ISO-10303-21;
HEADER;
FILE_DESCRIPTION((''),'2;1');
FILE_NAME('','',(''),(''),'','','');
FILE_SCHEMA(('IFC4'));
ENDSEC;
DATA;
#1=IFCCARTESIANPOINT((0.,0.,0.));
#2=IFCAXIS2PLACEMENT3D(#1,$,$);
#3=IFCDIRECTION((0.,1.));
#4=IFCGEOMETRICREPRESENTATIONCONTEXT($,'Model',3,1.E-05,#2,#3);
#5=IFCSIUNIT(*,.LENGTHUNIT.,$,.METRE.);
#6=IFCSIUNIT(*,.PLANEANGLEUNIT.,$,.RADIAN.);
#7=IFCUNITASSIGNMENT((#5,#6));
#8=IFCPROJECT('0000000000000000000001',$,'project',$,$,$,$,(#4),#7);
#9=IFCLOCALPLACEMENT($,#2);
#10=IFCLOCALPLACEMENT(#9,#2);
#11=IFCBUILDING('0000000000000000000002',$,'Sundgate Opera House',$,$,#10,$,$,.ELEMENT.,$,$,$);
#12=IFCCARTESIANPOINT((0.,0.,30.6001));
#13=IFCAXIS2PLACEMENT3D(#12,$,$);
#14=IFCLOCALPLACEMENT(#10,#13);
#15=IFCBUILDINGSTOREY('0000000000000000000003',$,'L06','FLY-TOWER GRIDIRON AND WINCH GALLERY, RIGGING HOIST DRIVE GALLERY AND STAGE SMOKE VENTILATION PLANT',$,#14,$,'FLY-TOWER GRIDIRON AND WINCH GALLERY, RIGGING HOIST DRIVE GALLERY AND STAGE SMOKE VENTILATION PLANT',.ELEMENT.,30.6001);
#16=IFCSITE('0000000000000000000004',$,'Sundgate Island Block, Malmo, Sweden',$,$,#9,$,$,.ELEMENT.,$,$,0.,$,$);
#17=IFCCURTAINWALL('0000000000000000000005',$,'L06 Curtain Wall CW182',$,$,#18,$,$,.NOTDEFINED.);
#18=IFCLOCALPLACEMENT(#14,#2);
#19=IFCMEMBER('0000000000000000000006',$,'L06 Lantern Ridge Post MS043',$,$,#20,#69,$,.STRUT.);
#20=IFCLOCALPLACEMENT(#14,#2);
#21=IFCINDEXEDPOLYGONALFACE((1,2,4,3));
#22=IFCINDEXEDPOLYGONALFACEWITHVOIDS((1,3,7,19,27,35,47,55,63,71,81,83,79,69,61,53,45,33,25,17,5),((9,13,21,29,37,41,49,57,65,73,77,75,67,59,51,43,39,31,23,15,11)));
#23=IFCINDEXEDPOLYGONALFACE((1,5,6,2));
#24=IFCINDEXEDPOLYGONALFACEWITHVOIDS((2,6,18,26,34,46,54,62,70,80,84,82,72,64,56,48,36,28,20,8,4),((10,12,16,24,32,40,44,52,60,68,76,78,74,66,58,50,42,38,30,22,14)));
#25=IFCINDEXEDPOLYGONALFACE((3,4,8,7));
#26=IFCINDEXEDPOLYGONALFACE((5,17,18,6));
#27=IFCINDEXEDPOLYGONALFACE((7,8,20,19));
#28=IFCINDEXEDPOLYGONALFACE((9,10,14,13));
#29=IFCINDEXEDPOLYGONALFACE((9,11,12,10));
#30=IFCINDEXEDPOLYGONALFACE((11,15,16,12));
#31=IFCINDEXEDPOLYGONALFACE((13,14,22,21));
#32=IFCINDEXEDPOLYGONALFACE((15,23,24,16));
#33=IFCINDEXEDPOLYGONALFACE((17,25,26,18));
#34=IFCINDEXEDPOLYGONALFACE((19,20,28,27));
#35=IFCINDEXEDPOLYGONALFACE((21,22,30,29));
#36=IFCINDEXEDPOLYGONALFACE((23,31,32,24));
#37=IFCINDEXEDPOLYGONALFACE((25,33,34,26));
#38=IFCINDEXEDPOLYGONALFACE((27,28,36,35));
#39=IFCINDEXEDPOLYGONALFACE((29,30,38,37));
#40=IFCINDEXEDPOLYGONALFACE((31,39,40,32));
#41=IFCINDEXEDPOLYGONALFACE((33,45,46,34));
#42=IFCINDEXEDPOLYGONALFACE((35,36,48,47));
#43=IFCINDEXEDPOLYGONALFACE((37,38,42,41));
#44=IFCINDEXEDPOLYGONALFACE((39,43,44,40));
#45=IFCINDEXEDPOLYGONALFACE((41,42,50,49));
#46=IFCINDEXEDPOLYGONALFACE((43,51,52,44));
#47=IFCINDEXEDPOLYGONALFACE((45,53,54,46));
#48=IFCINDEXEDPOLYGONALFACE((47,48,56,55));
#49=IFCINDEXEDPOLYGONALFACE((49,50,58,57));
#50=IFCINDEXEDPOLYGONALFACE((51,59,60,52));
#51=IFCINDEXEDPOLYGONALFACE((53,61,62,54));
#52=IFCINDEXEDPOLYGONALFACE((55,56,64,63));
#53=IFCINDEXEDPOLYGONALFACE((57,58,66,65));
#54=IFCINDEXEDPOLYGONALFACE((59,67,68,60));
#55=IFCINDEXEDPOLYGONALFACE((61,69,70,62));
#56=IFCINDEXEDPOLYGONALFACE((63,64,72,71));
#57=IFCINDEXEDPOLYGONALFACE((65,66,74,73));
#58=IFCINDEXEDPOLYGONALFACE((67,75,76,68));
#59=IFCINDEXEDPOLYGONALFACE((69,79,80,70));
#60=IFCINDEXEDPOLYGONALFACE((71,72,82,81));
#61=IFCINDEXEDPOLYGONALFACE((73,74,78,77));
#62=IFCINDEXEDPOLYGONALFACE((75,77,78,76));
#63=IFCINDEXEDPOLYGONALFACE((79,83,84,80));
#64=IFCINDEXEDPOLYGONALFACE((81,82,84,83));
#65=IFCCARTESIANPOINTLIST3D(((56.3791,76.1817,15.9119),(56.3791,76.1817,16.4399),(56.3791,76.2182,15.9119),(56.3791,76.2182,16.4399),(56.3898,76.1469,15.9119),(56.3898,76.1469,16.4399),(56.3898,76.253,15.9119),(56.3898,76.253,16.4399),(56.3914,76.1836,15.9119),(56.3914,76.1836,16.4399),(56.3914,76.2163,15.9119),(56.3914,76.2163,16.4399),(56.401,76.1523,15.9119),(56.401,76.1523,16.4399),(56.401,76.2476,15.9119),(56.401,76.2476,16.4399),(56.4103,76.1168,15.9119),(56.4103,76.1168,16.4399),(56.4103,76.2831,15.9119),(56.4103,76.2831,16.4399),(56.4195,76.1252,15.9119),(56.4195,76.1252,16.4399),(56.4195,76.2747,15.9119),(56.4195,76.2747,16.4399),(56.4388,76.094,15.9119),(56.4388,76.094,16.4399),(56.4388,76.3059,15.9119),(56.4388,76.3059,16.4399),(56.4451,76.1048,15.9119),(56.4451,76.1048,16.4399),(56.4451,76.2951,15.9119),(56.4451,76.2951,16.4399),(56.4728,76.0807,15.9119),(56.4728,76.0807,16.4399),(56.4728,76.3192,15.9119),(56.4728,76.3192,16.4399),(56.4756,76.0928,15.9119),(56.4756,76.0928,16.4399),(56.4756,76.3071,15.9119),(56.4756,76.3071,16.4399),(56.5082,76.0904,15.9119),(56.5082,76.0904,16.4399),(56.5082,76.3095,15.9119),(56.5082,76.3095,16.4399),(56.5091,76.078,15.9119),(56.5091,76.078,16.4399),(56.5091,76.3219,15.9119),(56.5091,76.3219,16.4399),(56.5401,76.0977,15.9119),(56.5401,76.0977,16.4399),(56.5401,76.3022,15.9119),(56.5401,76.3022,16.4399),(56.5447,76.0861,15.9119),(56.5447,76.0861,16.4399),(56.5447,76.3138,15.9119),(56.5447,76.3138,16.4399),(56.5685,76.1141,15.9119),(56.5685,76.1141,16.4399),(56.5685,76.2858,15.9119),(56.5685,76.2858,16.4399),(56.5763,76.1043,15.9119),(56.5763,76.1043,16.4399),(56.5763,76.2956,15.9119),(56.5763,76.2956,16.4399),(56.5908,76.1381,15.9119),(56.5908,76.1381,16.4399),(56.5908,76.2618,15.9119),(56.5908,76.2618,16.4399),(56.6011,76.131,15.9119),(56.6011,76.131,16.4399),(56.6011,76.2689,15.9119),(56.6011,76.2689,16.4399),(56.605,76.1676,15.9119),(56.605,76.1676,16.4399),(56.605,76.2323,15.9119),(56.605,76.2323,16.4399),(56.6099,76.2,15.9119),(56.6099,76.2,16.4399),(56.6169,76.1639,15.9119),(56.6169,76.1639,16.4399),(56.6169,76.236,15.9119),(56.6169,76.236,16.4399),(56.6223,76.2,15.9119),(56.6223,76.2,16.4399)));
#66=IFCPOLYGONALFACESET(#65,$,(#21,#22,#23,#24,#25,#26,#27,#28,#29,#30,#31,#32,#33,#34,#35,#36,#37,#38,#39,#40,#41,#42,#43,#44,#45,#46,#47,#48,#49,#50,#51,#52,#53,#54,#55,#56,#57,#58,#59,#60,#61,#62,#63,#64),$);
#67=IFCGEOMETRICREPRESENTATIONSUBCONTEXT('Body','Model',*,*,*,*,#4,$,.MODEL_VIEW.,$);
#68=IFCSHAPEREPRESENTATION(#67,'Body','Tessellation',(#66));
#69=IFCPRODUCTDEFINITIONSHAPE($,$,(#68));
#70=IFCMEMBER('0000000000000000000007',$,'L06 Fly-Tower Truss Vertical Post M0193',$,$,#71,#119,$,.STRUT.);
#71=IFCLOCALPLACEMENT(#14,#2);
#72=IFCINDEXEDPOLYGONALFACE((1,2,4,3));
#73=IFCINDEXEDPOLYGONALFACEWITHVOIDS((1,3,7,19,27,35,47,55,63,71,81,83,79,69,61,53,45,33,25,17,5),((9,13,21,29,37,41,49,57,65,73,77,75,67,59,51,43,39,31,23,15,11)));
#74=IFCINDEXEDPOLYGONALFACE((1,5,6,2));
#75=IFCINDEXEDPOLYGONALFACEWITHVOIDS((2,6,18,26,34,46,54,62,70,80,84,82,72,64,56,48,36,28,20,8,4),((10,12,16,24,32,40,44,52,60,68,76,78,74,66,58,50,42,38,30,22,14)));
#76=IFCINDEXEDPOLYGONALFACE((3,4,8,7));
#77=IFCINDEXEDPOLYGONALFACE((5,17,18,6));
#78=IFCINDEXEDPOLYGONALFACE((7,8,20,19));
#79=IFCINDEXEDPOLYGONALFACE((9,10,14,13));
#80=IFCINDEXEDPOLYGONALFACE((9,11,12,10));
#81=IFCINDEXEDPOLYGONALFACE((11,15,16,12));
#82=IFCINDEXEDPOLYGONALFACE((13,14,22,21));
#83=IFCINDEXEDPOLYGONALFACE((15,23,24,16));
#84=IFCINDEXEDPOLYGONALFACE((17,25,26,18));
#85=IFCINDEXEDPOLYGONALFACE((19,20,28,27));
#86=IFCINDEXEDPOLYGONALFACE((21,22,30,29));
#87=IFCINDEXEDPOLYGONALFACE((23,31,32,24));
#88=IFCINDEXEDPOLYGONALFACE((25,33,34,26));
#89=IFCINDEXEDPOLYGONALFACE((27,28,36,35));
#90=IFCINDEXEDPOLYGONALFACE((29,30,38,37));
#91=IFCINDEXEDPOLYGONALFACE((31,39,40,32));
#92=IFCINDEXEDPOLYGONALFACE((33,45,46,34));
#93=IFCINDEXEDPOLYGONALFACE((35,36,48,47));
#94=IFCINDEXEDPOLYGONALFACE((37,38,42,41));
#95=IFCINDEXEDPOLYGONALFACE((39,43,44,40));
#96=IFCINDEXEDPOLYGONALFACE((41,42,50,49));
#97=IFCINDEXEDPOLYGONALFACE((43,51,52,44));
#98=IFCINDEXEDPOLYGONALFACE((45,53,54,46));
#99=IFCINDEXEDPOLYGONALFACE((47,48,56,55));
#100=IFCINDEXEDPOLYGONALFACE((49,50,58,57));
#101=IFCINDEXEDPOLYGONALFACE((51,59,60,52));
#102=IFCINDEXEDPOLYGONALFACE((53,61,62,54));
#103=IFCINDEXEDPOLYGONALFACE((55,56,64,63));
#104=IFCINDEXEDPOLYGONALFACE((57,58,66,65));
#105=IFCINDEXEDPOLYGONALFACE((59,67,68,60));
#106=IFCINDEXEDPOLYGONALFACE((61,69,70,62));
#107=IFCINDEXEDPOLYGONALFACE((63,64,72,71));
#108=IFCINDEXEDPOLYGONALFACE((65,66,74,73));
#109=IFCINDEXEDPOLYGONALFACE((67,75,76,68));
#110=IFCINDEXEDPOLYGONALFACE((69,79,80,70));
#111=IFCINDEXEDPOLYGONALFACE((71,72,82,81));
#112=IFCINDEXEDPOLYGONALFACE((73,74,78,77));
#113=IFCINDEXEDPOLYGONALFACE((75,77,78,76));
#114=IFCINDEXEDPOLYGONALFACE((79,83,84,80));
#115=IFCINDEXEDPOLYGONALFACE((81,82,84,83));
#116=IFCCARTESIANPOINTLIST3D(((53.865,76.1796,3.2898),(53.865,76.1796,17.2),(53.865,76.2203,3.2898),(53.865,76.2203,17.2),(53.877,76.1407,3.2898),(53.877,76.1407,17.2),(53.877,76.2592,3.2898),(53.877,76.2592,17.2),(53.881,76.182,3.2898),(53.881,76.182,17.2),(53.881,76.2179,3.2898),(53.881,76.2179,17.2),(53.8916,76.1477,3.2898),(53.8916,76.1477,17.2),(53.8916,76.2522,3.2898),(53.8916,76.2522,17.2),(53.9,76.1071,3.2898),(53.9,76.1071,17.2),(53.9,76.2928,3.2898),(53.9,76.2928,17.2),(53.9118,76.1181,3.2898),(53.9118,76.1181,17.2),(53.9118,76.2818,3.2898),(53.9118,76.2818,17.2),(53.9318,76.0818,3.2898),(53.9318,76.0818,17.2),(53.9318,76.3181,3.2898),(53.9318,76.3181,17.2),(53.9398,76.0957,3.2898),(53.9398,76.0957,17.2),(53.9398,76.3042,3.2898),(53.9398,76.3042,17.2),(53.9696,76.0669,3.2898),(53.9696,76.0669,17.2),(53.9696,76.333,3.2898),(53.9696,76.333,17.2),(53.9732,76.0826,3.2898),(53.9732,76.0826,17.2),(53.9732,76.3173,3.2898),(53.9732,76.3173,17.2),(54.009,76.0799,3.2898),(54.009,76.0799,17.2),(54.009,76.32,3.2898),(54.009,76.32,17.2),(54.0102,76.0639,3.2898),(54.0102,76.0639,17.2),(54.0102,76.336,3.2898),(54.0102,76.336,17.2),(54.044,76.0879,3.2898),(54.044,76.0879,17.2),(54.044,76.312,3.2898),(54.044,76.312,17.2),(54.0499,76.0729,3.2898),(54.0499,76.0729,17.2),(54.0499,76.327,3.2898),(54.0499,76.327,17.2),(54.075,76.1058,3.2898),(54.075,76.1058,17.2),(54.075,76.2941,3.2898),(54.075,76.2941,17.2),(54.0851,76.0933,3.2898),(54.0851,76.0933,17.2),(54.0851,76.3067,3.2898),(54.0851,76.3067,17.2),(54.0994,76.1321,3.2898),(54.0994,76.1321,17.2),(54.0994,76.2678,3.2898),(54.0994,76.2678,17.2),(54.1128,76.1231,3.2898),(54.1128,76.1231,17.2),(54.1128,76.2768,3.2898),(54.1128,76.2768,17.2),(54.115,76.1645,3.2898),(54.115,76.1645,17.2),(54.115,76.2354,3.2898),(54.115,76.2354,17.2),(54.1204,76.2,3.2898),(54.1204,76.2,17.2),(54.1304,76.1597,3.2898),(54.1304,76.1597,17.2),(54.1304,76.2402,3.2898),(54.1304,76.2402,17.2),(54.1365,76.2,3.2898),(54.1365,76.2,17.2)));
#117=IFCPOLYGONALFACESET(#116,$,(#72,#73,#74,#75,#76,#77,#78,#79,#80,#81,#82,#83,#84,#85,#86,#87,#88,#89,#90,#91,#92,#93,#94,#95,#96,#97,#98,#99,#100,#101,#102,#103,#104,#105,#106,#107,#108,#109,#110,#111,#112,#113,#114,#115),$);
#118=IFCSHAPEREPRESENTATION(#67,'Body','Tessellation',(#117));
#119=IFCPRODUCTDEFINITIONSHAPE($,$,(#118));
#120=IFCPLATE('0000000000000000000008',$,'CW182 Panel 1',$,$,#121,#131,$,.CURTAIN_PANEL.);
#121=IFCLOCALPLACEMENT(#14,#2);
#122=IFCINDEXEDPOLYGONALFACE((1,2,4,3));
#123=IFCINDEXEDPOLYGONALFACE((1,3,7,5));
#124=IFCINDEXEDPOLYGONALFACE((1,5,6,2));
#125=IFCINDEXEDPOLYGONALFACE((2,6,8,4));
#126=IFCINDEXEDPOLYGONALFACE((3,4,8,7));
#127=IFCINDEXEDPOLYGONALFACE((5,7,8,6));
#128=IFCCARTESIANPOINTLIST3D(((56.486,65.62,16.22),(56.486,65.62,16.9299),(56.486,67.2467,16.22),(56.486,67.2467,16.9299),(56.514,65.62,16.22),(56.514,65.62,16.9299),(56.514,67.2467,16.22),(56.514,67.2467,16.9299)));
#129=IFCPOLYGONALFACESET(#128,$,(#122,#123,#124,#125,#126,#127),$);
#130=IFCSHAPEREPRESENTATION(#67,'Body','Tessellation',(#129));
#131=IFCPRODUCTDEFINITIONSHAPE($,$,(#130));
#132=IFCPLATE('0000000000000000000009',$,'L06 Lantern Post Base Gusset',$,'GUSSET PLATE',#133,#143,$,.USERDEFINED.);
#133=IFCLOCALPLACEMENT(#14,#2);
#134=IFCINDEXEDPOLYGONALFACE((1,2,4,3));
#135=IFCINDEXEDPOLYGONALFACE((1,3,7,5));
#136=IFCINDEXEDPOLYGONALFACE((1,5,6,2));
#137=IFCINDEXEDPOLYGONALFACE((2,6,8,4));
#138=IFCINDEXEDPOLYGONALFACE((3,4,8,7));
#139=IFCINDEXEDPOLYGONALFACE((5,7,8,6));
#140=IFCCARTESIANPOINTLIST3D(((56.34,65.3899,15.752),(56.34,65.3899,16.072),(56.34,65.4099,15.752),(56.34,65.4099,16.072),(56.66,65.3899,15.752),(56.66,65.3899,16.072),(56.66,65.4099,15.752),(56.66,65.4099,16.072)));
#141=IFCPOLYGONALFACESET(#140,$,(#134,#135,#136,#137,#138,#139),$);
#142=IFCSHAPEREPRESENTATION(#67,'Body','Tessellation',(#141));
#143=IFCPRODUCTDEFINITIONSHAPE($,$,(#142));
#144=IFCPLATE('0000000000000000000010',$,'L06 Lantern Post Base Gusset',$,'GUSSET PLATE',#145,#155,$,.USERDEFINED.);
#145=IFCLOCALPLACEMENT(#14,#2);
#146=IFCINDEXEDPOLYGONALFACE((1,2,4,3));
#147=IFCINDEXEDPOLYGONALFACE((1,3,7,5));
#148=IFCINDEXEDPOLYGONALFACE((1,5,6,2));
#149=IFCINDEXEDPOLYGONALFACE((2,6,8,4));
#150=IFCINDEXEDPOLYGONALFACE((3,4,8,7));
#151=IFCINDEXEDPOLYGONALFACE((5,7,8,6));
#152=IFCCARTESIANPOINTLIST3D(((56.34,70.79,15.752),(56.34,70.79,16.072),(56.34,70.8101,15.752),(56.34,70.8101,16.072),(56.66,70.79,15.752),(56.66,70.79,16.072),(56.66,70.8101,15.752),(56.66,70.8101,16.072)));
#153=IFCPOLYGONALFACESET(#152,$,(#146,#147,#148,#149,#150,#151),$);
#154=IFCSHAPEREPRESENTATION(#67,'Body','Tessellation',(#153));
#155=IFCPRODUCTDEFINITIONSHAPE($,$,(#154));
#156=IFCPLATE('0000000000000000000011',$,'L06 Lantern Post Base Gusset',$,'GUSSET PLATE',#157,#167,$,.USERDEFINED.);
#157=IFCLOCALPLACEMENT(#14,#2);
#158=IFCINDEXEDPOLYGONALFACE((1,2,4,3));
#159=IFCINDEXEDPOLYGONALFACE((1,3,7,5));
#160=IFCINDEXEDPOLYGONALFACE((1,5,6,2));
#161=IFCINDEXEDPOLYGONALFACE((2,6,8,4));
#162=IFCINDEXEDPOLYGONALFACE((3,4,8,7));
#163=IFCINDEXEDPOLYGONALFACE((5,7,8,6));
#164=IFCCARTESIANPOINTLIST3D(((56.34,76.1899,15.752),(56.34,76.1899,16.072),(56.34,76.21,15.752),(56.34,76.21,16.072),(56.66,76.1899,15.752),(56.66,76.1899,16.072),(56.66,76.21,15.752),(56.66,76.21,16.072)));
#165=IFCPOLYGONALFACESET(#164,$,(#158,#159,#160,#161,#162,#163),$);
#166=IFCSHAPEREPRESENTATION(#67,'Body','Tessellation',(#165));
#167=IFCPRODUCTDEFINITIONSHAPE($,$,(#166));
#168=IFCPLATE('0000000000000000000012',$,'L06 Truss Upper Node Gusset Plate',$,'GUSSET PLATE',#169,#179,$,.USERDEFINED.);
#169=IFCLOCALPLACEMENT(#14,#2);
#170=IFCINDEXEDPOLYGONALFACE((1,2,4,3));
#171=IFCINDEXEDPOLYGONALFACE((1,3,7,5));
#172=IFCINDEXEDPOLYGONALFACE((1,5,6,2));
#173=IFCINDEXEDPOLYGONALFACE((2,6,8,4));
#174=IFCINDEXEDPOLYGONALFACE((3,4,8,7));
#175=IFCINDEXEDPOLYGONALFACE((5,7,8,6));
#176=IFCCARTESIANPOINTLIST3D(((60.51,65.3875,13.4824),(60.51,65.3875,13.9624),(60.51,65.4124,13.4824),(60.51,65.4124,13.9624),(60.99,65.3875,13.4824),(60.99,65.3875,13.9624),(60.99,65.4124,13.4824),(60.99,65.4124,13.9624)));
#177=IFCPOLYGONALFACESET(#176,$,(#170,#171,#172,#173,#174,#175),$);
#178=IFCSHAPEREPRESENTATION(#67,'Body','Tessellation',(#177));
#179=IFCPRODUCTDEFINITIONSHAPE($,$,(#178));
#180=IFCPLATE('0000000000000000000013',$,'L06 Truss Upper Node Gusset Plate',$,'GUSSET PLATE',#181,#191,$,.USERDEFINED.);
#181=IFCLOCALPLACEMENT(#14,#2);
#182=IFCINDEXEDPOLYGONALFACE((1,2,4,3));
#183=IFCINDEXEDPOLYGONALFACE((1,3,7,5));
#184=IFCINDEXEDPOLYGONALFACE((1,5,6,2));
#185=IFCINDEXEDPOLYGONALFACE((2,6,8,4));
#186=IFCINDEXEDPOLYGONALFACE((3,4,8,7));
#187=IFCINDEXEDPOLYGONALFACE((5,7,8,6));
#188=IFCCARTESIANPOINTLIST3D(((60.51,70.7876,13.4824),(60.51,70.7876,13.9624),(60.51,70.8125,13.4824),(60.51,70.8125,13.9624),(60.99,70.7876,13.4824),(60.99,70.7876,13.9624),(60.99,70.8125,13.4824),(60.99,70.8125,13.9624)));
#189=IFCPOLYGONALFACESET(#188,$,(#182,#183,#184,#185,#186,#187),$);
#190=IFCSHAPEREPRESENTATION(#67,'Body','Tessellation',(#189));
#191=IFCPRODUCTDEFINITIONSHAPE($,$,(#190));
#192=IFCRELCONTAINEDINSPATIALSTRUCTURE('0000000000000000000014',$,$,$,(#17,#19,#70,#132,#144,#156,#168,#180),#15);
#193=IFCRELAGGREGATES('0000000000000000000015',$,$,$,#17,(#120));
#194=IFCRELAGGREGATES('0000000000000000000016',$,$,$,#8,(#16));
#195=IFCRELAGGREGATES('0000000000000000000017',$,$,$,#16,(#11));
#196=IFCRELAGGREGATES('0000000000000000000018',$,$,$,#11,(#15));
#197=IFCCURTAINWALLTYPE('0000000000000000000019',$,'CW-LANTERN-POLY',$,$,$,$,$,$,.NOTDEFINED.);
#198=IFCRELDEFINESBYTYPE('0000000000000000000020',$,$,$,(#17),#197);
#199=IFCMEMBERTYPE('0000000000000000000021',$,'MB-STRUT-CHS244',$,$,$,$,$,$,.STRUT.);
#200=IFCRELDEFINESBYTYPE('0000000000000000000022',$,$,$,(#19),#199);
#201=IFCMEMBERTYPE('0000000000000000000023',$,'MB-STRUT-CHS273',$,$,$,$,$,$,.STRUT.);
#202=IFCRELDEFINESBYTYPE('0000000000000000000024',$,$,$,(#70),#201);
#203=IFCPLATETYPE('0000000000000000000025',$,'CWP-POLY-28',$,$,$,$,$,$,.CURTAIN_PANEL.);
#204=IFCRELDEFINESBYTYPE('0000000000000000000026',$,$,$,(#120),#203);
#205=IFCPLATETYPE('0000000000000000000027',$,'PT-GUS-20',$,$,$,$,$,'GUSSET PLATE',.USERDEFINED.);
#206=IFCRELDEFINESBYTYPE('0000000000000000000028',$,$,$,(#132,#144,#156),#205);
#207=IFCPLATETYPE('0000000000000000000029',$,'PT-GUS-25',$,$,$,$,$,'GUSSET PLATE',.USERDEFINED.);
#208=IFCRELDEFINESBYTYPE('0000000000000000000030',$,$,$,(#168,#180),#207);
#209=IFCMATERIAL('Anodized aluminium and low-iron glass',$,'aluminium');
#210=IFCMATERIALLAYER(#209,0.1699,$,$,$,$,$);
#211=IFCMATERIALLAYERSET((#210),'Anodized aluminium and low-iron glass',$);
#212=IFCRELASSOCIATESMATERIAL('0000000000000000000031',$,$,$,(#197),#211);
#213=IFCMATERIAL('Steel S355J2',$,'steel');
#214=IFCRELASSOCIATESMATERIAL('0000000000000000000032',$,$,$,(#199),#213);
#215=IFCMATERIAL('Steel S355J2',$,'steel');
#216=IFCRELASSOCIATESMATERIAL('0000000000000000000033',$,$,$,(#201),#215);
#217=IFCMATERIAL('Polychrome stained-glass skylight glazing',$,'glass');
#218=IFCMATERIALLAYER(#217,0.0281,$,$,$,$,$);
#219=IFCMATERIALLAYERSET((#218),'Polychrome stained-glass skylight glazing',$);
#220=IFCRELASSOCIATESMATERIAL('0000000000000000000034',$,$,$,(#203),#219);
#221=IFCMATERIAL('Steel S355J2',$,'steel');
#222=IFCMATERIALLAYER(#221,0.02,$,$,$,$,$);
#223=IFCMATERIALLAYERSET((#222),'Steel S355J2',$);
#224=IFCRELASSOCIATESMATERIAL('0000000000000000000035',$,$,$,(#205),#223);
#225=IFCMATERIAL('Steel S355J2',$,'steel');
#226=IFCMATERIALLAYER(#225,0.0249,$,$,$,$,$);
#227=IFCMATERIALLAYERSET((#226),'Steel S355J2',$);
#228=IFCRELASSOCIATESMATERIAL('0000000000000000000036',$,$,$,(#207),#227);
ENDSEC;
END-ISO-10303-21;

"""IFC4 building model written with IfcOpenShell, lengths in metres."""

from ifc_helpers import new_model, si_unit, direction, frame, origin, origin_2d, place, context, subcontext, project, spatial, rectangle, hollow_circle, extrude, material, layer, layer_set, material_profile, profile_set, type_object, element, aggregate, save


model = new_model("IFC4")

# Units and contexts
model_context = context("Model", 3, precision=1e-05, world=origin(), true_north=direction((0.0, 1.0)))
body_context = subcontext(model_context, "Body", "Model", "MODEL_VIEW")
ifc_project = project(units=[si_unit("LENGTHUNIT", "METRE"), si_unit("PLANEANGLEUNIT", "RADIAN")], contexts=[model_context])

# Site, building, storey
site_placement = place(None, origin())
site = spatial("IfcSite", under=ifc_project, at=site_placement, Name="Sundgate Island Block, Malmo, Sweden", CompositionType="ELEMENT", RefElevation=0.0)
building_placement = place(site_placement, origin())
building = spatial("IfcBuilding", under=site, at=building_placement, Name="Sundgate Opera House", CompositionType="ELEMENT")
storey_placement = place(building_placement, frame((0.0, 0.0, 30.6001)))
storey = spatial("IfcBuildingStorey", under=building, at=storey_placement, Name="L06", Description="FLY-TOWER GRIDIRON AND WINCH GALLERY, RIGGING HOIST DRIVE GALLERY AND STAGE SMOKE VENTILATION PLANT", LongName="FLY-TOWER GRIDIRON AND WINCH GALLERY, RIGGING HOIST DRIVE GALLERY AND STAGE SMOKE VENTILATION PLANT", CompositionType="ELEMENT", Elevation=30.6001)

# Shared definitions
ifc_material_1 = material(Name="Anodized aluminium and low-iron glass", Category="aluminium")
ifc_layer_1 = layer(ifc_material_1, 0.1699)
ifc_layer_set_1 = layer_set([ifc_layer_1], Name="Anodized aluminium and low-iron glass")
curtain_wall_type = type_object("IfcCurtainWallType", Name="CW-LANTERN-POLY", PredefinedType="NOTDEFINED", material=ifc_layer_set_1)

# Curtain wall
curtain_wall_1_placement = place(storey_placement, origin())
curtain_wall_1 = element("IfcCurtainWall", 1, at=curtain_wall_1_placement, inside=storey, type_object=curtain_wall_type, Name="L06 Curtain Wall CW182", PredefinedType="NOTDEFINED")

# Members
ifc_material_2 = material(Name="Steel S355J2", Category="steel")
ifc_material_profile_1 = material_profile(ifc_material_2, hollow_circle(Radius=0.1223, WallThickness=0.0125, at=origin_2d()), Name="CHS 244.5x12.5")
ifc_profile_set_1 = profile_set([ifc_material_profile_1], Name="Steel S355J2")
member_type_1 = type_object("IfcMemberType", Name="MB-STRUT-CHS244", PredefinedType="STRUT", material=ifc_profile_set_1)
for number, where, z_axis, x_axis, name in (
    (2, (56.5, 76.2, 15.9119), (0.0, 0.0, 1.0), (1.0, 0.0, 0.0), "L06 Lantern Ridge Post MS043"),
):
    element("IfcMember", number, at=place(storey_placement, frame(where, z_axis=z_axis, x_axis=x_axis)), inside=storey, type_object=member_type_1, Name=name, PredefinedType="STRUT", context=body_context, shape_type="SweptSolid", body=[
        extrude(hollow_circle(Radius=0.1223, WallThickness=0.0125, at=origin_2d()), origin(), (0.0, 0.0, 1.0), 0.5281),
    ])
ifc_material_3 = material(Name="Steel S355J2", Category="steel")
ifc_material_profile_2 = material_profile(ifc_material_3, hollow_circle(Radius=0.1365, WallThickness=0.0161, at=origin_2d()), Name="CHS 273.0x16.0")
ifc_profile_set_2 = profile_set([ifc_material_profile_2], Name="Steel S355J2")
member_type_2 = type_object("IfcMemberType", Name="MB-STRUT-CHS273", PredefinedType="STRUT", material=ifc_profile_set_2)
member_1_placement = place(storey_placement, frame((54.0, 76.2, 3.2898), z_axis=(0.0, 0.0, 1.0), x_axis=(1.0, 0.0, 0.0)))
element("IfcMember", 3, at=member_1_placement, inside=storey, type_object=member_type_2, Name="L06 Fly-Tower Truss Vertical Post M0193", PredefinedType="STRUT", context=body_context, shape_type="SweptSolid", body=[
    extrude(hollow_circle(Radius=0.1365, WallThickness=0.0161, at=origin_2d()), origin(), (0.0, 0.0, 1.0), 13.9102),
])

# Plate
ifc_material_4 = material(Name="Polychrome stained-glass skylight glazing", Category="glass")
ifc_layer_2 = layer(ifc_material_4, 0.0281)
ifc_layer_set_2 = layer_set([ifc_layer_2], Name="Polychrome stained-glass skylight glazing")
plate_type_1 = type_object("IfcPlateType", Name="CWP-POLY-28", PredefinedType="CURTAIN_PANEL", material=ifc_layer_set_2)
plate_1_placement = place(storey_placement, frame((56.5, 66.4333, 16.22), z_axis=(0.0, 0.0, 1.0), x_axis=(0.0, 1.0, 0.0)))
plate_1 = element("IfcPlate", 4, at=plate_1_placement, type_object=plate_type_1, Name="CW182 Panel 1", PredefinedType="CURTAIN_PANEL", context=body_context, shape_type="SweptSolid", body=[
    extrude(rectangle(XDim=1.6267, YDim=0.0281, at=origin_2d()), origin(), (0.0, 0.0, 1.0), 0.71),
])
aggregate(curtain_wall_1, [plate_1])

# Plates
ifc_material_5 = material(Name="Steel S355J2", Category="steel")
ifc_layer_3 = layer(ifc_material_5, 0.02)
ifc_layer_set_3 = layer_set([ifc_layer_3], Name="Steel S355J2")
plate_type_2 = type_object("IfcPlateType", Name="PT-GUS-20", ElementType="GUSSET PLATE", PredefinedType="USERDEFINED", material=ifc_layer_set_3)
for number, where, z_axis, x_axis, name in (
    (5, (56.5, 65.3999, 15.752), (0.0, 0.0, 1.0), (1.0, 0.0, 0.0), "L06 Lantern Post Base Gusset"),
    (6, (56.5, 70.8, 15.752), (0.0, 0.0, 1.0), (1.0, 0.0, 0.0), "L06 Lantern Post Base Gusset"),
    (7, (56.5, 76.2, 15.752), (0.0, 0.0, 1.0), (1.0, 0.0, 0.0), "L06 Lantern Post Base Gusset"),
):
    element("IfcPlate", number, at=place(storey_placement, frame(where, z_axis=z_axis, x_axis=x_axis)), inside=storey, type_object=plate_type_2, Name=name, ObjectType="GUSSET PLATE", PredefinedType="USERDEFINED", context=body_context, shape_type="SweptSolid", body=[
        extrude(rectangle(XDim=0.3201, YDim=0.02, at=origin_2d()), origin(), (0.0, 0.0, 1.0), 0.3201),
    ])
ifc_material_6 = material(Name="Steel S355J2", Category="steel")
ifc_layer_4 = layer(ifc_material_6, 0.0249)
ifc_layer_set_4 = layer_set([ifc_layer_4], Name="Steel S355J2")
plate_type_3 = type_object("IfcPlateType", Name="PT-GUS-25", ElementType="GUSSET PLATE", PredefinedType="USERDEFINED", material=ifc_layer_set_4)
for number, where, z_axis, x_axis, name in (
    (8, (60.75, 65.3999, 13.4824), (0.0, 0.0, 1.0), (1.0, 0.0, 0.0), "L06 Truss Upper Node Gusset Plate"),
    (9, (60.75, 70.8, 13.4824), (0.0, 0.0, 1.0), (1.0, 0.0, 0.0), "L06 Truss Upper Node Gusset Plate"),
):
    element("IfcPlate", number, at=place(storey_placement, frame(where, z_axis=z_axis, x_axis=x_axis)), inside=storey, type_object=plate_type_3, Name=name, ObjectType="GUSSET PLATE", PredefinedType="USERDEFINED", context=body_context, shape_type="SweptSolid", body=[
        extrude(rectangle(XDim=0.48, YDim=0.0249, at=origin_2d()), origin(), (0.0, 0.0, 1.0), 0.48),
    ])

save(model, "model.ifc")
